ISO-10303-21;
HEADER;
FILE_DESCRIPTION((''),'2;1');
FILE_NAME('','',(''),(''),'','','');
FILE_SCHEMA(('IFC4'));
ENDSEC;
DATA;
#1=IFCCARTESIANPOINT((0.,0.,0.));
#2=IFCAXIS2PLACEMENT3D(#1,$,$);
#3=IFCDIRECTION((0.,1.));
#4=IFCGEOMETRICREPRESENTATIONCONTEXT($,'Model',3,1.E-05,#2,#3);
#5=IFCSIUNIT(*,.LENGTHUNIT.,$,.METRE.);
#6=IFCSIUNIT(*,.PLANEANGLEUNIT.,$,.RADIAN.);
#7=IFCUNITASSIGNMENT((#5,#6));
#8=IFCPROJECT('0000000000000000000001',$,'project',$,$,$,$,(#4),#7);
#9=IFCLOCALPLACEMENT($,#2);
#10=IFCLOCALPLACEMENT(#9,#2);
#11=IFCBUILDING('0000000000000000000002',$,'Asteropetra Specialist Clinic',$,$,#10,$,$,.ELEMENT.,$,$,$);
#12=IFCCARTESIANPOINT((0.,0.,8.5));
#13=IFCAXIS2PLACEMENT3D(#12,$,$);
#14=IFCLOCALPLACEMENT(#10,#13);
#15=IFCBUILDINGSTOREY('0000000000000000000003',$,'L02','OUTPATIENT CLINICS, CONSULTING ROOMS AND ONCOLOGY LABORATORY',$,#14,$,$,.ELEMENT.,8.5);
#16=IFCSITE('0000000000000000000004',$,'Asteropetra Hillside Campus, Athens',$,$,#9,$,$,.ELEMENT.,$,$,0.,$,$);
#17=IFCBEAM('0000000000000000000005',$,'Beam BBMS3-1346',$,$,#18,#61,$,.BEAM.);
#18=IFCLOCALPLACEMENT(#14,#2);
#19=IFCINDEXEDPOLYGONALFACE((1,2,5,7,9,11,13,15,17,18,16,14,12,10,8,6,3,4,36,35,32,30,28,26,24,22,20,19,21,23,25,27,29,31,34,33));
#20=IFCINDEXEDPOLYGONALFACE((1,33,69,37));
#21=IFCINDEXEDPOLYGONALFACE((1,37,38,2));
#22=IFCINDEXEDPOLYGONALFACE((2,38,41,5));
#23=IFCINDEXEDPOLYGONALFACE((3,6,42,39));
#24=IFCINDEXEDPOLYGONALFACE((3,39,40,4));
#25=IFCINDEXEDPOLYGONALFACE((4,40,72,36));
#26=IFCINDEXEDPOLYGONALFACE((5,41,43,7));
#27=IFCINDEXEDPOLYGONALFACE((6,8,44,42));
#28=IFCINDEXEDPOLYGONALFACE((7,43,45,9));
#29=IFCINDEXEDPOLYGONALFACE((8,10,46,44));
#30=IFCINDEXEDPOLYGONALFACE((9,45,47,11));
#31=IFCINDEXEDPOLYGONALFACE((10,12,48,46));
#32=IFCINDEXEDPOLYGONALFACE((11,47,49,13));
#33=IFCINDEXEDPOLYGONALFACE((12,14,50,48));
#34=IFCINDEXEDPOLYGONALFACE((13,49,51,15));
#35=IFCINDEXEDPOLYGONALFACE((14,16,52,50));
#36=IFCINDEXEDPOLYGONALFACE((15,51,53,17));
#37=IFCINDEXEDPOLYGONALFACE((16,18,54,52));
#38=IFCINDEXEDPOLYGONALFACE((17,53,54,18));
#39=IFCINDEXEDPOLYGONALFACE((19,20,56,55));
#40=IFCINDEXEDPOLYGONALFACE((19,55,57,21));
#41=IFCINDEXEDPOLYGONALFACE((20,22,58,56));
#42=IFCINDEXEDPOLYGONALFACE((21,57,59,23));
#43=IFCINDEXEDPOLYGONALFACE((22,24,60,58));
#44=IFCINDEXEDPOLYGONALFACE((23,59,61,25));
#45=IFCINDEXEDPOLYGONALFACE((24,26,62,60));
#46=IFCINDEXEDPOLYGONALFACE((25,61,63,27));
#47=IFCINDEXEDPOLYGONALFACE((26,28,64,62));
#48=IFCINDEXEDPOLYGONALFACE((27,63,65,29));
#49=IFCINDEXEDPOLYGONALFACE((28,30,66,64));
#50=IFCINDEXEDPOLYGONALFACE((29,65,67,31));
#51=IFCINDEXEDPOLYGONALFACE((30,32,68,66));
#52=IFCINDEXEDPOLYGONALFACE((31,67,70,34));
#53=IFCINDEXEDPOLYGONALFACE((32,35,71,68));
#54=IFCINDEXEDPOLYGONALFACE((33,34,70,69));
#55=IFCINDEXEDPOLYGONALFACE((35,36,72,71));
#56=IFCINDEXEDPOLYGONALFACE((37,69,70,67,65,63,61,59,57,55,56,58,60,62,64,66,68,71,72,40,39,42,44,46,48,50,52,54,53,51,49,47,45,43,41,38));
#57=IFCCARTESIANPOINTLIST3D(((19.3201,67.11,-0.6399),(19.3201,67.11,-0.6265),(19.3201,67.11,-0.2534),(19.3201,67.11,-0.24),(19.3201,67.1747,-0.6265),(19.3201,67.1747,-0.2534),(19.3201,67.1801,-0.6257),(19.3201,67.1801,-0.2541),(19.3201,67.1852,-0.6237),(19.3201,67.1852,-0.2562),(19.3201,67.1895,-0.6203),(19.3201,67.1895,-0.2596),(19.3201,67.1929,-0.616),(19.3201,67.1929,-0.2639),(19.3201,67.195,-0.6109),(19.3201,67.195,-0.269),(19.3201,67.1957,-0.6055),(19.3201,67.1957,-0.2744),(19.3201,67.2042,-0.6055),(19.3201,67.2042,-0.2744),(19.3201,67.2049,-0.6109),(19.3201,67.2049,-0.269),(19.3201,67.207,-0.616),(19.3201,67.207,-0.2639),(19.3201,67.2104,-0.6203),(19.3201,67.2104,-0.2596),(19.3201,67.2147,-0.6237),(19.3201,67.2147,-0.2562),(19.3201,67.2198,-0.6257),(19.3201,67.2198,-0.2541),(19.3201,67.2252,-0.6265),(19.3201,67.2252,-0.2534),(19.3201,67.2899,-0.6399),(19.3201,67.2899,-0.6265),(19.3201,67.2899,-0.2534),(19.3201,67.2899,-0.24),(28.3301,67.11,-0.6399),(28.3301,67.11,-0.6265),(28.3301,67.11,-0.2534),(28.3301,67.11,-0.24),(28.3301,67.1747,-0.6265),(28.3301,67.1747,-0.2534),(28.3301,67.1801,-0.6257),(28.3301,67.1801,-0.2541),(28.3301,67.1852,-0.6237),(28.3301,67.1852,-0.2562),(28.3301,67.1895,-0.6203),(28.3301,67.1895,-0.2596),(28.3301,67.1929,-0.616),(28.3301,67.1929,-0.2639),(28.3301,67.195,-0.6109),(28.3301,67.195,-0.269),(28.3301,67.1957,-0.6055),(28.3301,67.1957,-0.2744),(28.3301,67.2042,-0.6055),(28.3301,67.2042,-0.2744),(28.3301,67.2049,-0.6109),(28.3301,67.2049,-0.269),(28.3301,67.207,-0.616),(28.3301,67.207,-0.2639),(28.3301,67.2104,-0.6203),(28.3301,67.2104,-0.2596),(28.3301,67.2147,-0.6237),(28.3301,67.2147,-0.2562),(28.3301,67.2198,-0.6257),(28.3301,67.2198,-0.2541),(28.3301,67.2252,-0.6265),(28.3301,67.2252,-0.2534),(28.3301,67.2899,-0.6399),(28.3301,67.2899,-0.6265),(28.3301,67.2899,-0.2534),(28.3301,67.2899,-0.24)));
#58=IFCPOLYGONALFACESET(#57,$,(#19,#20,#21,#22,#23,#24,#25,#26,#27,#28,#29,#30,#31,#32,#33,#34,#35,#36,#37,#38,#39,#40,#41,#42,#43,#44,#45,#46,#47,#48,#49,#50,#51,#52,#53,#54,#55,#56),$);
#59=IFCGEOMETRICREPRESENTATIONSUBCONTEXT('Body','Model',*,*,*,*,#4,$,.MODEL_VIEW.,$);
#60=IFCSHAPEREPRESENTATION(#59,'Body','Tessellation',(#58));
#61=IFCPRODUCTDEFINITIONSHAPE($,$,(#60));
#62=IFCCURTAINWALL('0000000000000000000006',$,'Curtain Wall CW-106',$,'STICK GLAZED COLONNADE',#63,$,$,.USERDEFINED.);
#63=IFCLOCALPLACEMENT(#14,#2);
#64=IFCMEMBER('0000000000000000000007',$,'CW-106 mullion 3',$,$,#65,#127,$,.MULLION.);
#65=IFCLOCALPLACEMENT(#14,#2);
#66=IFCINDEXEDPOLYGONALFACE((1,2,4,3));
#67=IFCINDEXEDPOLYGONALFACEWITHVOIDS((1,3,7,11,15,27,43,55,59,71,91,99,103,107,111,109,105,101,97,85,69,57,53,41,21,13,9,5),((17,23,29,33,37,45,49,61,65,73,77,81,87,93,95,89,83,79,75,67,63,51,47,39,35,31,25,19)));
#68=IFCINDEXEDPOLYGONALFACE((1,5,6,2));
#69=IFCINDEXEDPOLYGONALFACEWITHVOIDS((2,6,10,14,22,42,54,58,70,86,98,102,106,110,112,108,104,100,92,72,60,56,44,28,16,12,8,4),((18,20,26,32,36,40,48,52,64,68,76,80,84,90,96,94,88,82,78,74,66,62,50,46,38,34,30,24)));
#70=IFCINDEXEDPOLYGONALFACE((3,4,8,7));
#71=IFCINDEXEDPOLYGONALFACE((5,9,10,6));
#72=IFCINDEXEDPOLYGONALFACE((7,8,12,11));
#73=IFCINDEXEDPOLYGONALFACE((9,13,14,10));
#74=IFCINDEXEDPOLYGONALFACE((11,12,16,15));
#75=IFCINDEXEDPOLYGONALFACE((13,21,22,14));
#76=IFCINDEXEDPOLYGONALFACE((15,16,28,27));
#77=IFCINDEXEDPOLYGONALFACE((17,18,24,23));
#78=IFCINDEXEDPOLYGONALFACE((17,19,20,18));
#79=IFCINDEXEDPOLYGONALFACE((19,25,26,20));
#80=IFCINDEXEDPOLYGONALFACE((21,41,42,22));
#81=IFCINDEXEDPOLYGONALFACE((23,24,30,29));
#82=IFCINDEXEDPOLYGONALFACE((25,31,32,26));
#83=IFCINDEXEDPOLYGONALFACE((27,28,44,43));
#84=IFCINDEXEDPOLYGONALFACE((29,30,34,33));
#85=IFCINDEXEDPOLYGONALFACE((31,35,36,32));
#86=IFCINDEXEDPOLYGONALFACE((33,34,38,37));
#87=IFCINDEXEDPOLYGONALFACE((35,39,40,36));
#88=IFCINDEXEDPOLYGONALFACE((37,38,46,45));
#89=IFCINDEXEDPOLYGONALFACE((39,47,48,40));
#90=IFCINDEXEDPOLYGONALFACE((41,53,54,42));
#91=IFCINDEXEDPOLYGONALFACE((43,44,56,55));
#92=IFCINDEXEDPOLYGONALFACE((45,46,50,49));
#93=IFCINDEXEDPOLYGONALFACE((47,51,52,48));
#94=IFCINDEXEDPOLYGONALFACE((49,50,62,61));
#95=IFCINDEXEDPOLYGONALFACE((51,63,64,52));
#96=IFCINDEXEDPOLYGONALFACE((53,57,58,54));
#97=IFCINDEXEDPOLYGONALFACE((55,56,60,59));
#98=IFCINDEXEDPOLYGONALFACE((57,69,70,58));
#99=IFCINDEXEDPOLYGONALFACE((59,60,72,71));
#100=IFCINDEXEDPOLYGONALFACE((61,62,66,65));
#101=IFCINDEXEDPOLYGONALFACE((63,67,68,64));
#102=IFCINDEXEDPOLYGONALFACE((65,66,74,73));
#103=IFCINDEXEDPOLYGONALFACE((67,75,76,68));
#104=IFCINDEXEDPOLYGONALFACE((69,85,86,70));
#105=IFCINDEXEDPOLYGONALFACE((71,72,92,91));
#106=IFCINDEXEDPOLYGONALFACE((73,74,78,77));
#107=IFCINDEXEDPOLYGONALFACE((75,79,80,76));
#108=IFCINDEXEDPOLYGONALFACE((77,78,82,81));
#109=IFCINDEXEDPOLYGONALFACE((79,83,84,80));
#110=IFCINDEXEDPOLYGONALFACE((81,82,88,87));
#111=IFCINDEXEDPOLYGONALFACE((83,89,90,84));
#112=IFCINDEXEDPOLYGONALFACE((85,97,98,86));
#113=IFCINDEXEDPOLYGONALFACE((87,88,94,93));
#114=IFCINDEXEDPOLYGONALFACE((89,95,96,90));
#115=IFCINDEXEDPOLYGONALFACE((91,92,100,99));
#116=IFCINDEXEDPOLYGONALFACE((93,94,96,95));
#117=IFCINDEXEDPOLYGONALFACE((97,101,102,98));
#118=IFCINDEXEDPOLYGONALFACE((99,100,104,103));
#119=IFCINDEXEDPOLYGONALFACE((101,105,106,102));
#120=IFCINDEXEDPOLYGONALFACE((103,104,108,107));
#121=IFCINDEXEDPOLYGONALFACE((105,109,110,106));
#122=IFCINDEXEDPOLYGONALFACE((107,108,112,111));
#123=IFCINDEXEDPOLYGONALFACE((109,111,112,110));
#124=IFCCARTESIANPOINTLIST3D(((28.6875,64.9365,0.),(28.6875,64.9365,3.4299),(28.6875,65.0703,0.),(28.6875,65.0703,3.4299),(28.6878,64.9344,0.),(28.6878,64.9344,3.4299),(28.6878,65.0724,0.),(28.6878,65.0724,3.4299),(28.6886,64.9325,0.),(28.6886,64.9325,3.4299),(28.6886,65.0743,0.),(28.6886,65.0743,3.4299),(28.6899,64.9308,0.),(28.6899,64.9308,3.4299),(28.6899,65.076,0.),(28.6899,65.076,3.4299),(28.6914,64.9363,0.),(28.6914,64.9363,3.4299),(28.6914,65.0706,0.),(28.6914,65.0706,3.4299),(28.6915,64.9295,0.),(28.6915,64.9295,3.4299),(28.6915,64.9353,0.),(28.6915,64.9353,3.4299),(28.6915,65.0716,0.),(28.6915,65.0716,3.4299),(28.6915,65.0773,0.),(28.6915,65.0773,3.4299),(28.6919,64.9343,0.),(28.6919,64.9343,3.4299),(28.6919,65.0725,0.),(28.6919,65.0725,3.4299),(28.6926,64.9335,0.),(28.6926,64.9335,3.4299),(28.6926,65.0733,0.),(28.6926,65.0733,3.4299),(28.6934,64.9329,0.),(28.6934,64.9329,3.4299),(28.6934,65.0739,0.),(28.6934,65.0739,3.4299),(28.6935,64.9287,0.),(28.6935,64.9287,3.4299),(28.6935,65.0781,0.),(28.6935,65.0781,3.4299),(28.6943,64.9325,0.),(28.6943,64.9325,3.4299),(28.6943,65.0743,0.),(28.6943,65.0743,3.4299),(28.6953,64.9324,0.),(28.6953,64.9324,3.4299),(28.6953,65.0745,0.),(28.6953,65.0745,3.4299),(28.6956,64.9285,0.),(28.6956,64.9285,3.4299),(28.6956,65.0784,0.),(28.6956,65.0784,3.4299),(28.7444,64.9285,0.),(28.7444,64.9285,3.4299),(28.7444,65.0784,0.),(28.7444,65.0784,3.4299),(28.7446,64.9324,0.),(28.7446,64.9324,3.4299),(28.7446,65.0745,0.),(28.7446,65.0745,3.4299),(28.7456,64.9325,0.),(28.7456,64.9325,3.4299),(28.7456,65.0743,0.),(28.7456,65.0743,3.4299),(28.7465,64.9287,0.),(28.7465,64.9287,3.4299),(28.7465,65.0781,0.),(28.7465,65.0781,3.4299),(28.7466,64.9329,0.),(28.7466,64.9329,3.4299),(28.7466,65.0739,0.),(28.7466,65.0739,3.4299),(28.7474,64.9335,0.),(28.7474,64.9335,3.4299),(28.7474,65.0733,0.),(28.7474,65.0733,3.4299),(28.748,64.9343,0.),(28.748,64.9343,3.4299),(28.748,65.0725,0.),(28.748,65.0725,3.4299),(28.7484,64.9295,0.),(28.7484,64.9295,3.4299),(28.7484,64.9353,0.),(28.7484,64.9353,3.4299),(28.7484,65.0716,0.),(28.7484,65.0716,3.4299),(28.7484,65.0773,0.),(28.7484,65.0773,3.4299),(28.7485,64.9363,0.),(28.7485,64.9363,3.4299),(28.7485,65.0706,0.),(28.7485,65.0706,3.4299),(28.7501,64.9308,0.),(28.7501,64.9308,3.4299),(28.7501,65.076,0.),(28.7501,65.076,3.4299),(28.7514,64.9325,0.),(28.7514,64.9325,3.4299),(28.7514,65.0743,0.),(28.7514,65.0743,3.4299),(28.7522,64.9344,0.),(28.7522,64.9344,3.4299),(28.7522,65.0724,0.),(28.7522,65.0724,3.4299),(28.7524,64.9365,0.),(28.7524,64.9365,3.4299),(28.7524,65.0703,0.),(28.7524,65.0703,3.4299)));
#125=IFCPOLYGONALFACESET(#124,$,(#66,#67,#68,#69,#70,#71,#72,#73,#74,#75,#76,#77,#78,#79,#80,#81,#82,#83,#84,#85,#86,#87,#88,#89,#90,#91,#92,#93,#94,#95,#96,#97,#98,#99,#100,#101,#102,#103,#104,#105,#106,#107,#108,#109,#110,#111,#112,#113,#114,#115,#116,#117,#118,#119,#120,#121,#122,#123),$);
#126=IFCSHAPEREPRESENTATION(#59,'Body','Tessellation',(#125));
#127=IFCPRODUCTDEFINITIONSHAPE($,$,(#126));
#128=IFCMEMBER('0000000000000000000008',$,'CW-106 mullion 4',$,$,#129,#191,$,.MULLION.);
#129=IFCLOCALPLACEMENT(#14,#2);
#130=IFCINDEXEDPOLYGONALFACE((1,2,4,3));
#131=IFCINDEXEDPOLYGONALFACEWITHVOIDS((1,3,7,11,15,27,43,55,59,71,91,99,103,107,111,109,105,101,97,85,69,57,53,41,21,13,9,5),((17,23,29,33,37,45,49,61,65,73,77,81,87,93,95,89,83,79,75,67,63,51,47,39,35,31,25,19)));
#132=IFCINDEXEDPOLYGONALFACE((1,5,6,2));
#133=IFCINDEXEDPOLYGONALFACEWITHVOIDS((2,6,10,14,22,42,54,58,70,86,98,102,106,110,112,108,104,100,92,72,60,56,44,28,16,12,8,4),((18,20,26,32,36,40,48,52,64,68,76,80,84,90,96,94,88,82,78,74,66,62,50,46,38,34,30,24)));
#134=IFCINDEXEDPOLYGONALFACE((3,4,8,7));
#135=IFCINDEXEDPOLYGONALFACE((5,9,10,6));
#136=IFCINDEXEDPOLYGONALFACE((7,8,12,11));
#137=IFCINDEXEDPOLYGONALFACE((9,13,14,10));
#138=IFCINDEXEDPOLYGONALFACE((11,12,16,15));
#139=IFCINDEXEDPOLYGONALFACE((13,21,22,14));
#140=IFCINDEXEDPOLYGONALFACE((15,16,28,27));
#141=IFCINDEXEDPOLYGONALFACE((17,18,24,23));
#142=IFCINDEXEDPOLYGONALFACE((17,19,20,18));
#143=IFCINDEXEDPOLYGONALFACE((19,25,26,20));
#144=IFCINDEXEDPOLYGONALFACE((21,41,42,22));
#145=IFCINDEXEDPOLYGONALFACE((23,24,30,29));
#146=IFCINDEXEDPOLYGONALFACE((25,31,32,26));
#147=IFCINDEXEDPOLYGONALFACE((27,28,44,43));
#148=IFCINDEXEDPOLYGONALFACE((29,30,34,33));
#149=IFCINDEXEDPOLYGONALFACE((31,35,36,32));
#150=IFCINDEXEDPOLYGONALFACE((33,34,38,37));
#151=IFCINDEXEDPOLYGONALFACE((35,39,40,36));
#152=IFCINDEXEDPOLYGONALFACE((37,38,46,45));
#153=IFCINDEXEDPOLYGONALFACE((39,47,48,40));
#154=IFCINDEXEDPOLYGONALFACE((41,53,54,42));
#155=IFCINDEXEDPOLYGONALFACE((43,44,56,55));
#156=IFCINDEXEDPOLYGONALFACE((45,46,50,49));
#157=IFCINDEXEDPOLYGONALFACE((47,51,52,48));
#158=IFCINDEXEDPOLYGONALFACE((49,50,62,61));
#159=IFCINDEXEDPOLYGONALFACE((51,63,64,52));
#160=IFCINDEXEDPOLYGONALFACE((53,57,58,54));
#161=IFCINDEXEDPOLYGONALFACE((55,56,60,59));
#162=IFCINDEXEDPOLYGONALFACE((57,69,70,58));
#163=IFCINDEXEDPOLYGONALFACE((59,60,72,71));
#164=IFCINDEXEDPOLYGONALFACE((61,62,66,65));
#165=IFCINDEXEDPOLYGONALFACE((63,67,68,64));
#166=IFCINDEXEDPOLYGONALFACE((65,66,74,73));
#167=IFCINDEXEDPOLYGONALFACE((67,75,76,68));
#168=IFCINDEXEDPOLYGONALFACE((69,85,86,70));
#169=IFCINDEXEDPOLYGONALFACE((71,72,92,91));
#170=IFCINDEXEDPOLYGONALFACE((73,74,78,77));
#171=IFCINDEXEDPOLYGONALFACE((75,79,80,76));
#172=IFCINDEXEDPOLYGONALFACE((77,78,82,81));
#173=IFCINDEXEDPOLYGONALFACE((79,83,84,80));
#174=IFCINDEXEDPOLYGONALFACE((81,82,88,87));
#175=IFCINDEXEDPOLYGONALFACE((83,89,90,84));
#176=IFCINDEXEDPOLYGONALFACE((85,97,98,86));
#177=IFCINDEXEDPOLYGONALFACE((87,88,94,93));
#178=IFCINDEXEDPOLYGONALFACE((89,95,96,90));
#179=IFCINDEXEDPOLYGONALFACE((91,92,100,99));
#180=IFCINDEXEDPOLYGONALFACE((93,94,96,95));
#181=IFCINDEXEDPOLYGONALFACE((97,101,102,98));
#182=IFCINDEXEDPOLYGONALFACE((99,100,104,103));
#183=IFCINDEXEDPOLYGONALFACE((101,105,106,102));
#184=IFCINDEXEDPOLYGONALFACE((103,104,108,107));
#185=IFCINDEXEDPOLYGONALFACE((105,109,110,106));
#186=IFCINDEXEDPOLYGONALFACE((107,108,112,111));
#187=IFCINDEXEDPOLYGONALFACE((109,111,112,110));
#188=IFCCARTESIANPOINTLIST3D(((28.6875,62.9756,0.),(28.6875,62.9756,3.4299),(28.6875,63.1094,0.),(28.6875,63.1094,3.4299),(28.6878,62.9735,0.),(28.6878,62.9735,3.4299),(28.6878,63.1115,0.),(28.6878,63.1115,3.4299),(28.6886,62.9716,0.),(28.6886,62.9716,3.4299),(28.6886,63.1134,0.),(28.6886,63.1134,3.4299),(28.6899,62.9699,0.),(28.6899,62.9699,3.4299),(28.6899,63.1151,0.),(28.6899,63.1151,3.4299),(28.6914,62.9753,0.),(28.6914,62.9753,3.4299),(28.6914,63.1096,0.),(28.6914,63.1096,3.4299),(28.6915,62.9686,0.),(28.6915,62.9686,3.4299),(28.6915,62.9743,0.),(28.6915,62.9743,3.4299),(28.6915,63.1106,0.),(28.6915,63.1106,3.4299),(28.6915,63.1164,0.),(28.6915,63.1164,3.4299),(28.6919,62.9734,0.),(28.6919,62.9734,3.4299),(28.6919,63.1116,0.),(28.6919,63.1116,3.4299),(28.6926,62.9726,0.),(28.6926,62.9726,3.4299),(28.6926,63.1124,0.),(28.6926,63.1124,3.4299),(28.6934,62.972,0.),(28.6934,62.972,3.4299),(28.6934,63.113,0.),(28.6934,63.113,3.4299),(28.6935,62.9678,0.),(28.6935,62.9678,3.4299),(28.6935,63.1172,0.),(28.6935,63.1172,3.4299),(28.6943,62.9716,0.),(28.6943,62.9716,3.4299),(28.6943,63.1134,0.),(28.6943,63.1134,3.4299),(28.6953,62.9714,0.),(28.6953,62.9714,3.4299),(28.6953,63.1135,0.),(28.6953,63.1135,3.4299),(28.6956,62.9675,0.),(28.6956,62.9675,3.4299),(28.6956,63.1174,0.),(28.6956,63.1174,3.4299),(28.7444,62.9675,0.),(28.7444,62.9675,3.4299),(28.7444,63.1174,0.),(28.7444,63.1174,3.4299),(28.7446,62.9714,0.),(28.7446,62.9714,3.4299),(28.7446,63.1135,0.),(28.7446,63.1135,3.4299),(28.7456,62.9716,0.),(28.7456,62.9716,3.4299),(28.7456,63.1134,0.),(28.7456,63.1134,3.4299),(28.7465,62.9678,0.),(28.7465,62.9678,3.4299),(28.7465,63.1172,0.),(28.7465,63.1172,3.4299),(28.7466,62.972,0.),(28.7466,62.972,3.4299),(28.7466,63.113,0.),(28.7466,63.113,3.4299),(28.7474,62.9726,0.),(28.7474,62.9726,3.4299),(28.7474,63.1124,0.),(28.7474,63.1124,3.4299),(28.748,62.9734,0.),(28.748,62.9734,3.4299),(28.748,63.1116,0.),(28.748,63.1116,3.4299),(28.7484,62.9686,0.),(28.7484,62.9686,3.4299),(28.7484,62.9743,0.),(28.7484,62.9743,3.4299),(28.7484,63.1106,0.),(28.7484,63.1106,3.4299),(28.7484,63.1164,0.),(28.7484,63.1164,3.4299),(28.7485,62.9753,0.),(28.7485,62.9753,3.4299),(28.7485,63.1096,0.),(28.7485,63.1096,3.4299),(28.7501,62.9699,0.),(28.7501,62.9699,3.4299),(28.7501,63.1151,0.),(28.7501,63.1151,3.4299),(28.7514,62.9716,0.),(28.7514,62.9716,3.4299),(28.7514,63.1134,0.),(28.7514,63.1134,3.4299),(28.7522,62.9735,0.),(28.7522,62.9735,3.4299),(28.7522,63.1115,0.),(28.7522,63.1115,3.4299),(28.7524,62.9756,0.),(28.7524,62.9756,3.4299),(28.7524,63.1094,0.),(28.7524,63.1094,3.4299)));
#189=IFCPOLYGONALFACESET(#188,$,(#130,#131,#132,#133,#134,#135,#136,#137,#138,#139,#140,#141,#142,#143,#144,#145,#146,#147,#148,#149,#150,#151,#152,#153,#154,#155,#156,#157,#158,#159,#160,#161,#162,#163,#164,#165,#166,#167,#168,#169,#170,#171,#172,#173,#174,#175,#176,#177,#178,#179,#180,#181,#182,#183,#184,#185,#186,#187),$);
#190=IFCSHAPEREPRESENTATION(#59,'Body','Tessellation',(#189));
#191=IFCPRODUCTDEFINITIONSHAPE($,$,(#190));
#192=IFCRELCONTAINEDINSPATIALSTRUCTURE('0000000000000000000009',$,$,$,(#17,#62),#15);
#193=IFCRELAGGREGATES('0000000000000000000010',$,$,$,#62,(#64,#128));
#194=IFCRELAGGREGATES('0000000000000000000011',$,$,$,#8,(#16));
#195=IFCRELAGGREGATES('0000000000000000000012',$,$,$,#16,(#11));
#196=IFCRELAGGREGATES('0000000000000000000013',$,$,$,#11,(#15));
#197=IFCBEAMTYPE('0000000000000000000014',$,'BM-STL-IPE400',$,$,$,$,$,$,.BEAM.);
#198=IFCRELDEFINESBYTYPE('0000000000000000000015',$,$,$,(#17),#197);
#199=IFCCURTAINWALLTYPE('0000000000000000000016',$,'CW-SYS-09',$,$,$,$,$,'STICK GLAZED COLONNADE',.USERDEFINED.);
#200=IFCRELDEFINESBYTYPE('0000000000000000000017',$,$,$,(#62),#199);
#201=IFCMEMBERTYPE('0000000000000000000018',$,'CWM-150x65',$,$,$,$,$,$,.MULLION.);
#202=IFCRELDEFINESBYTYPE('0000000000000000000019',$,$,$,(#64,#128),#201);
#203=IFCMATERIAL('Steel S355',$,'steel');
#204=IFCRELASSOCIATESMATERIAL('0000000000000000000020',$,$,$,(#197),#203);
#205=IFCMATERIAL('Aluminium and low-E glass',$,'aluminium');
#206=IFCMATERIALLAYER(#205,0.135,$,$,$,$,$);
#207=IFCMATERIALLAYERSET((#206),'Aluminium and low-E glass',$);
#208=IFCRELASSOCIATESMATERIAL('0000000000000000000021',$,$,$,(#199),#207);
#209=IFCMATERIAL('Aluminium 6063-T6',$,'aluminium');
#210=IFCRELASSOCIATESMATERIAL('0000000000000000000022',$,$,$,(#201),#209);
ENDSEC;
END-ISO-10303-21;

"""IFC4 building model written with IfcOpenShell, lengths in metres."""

from ifc_helpers import new_model, si_unit, direction, frame, origin, origin_2d, place, context, subcontext, project, spatial, hollow_rectangle, i_section, extrude, material, layer, layer_set, material_profile, profile_set, type_object, element, aggregate, save


model = new_model("IFC4")

# Units and contexts
model_context = context("Model", 3, precision=1e-05, world=origin(), true_north=direction((0.0, 1.0)))
body_context = subcontext(model_context, "Body", "Model", "MODEL_VIEW")
ifc_project = project(units=[si_unit("LENGTHUNIT", "METRE"), si_unit("PLANEANGLEUNIT", "RADIAN")], contexts=[model_context])

# Site, building, storey
site_placement = place(None, origin())
site = spatial("IfcSite", under=ifc_project, at=site_placement, Name="Asteropetra Hillside Campus, Athens", CompositionType="ELEMENT", RefElevation=0.0)
building_placement = place(site_placement, origin())
building = spatial("IfcBuilding", under=site, at=building_placement, Name="Asteropetra Specialist Clinic", CompositionType="ELEMENT")
storey_placement = place(building_placement, frame((0.0, 0.0, 8.5)))
storey = spatial("IfcBuildingStorey", under=building, at=storey_placement, Name="L02", Description="OUTPATIENT CLINICS, CONSULTING ROOMS AND ONCOLOGY LABORATORY", CompositionType="ELEMENT", Elevation=8.5)

# Beam
ifc_material_1 = material(Name="Steel S355", Category="steel")
ifc_material_profile_1 = material_profile(ifc_material_1, i_section(OverallWidth=0.1799, OverallDepth=0.3999, WebThickness=0.0085, FlangeThickness=0.0134, FilletRadius=0.021, at=origin_2d()), Name="IPE 400")
ifc_profile_set_1 = profile_set([ifc_material_profile_1], Name="Steel S355")
beam_type_1 = type_object("IfcBeamType", Name="BM-STL-IPE400", PredefinedType="BEAM", material=ifc_profile_set_1)
for number, where, z_axis, x_axis, name in (
    (1, (19.3201, 67.2, -0.4399), (1.0, 0.0, 0.0), (0.0, 1.0, 0.0), "Beam BBMS3-1346"),
):
    element("IfcBeam", number, at=place(storey_placement, frame(where, z_axis=z_axis, x_axis=x_axis)), inside=storey, type_object=beam_type_1, Name=name, PredefinedType="BEAM", context=body_context, shape_type="SweptSolid", body=[
        extrude(i_section(OverallWidth=0.1799, OverallDepth=0.3999, WebThickness=0.0085, FlangeThickness=0.0134, FilletRadius=0.021, at=origin_2d()), origin(), (0.0, 0.0, 1.0), 9.01),
    ])

# Curtain wall, members
ifc_material_2 = material(Name="Aluminium and low-E glass", Category="aluminium")
ifc_layer_1 = layer(ifc_material_2, 0.135)
ifc_layer_set_1 = layer_set([ifc_layer_1], Name="Aluminium and low-E glass")
curtain_wall_type = type_object("IfcCurtainWallType", Name="CW-SYS-09", ElementType="STICK GLAZED COLONNADE", PredefinedType="USERDEFINED", material=ifc_layer_set_1)
curtain_wall_placement = place(storey_placement, origin())
curtain_wall = element("IfcCurtainWall", 2, at=curtain_wall_placement, inside=storey, type_object=curtain_wall_type, Name="Curtain Wall CW-106", ObjectType="STICK GLAZED COLONNADE", PredefinedType="USERDEFINED")
ifc_material_3 = material(Name="Aluminium 6063-T6", Category="aluminium")
ifc_material_profile_2 = material_profile(ifc_material_3, hollow_rectangle(XDim=0.0649, YDim=0.1499, WallThickness=0.0039, InnerFilletRadius=0.0039, OuterFilletRadius=0.0081, at=origin_2d()), Name="MUL 150x65x4.0")
ifc_profile_set_2 = profile_set([ifc_material_profile_2], Name="Aluminium 6063-T6")
member_type_1 = type_object("IfcMemberType", Name="CWM-150x65", PredefinedType="MULLION", material=ifc_profile_set_2)
member_1_placement = place(storey_placement, frame((28.72, 65.0034, 0.0), z_axis=(0.0, 0.0, 1.0), x_axis=(1.0, 0.0, 0.0)))
member_1 = element("IfcMember", 3, at=member_1_placement, type_object=member_type_1, Name="CW-106 mullion 3", PredefinedType="MULLION", context=body_context, shape_type="SweptSolid", body=[
    extrude(hollow_rectangle(XDim=0.0649, YDim=0.1499, WallThickness=0.0039, InnerFilletRadius=0.0039, OuterFilletRadius=0.0081, at=origin_2d()), origin(), (0.0, 0.0, 1.0), 3.4299),
])
member_2_placement = place(storey_placement, frame((28.72, 63.0425, 0.0), z_axis=(0.0, 0.0, 1.0), x_axis=(1.0, 0.0, 0.0)))
member_2 = element("IfcMember", 4, at=member_2_placement, type_object=member_type_1, Name="CW-106 mullion 4", PredefinedType="MULLION", context=body_context, shape_type="SweptSolid", body=[
    extrude(hollow_rectangle(XDim=0.0649, YDim=0.1499, WallThickness=0.0039, InnerFilletRadius=0.0039, OuterFilletRadius=0.0081, at=origin_2d()), origin(), (0.0, 0.0, 1.0), 3.4299),
])

aggregate(curtain_wall, [member_1, member_2])

save(model, "model.ifc")
